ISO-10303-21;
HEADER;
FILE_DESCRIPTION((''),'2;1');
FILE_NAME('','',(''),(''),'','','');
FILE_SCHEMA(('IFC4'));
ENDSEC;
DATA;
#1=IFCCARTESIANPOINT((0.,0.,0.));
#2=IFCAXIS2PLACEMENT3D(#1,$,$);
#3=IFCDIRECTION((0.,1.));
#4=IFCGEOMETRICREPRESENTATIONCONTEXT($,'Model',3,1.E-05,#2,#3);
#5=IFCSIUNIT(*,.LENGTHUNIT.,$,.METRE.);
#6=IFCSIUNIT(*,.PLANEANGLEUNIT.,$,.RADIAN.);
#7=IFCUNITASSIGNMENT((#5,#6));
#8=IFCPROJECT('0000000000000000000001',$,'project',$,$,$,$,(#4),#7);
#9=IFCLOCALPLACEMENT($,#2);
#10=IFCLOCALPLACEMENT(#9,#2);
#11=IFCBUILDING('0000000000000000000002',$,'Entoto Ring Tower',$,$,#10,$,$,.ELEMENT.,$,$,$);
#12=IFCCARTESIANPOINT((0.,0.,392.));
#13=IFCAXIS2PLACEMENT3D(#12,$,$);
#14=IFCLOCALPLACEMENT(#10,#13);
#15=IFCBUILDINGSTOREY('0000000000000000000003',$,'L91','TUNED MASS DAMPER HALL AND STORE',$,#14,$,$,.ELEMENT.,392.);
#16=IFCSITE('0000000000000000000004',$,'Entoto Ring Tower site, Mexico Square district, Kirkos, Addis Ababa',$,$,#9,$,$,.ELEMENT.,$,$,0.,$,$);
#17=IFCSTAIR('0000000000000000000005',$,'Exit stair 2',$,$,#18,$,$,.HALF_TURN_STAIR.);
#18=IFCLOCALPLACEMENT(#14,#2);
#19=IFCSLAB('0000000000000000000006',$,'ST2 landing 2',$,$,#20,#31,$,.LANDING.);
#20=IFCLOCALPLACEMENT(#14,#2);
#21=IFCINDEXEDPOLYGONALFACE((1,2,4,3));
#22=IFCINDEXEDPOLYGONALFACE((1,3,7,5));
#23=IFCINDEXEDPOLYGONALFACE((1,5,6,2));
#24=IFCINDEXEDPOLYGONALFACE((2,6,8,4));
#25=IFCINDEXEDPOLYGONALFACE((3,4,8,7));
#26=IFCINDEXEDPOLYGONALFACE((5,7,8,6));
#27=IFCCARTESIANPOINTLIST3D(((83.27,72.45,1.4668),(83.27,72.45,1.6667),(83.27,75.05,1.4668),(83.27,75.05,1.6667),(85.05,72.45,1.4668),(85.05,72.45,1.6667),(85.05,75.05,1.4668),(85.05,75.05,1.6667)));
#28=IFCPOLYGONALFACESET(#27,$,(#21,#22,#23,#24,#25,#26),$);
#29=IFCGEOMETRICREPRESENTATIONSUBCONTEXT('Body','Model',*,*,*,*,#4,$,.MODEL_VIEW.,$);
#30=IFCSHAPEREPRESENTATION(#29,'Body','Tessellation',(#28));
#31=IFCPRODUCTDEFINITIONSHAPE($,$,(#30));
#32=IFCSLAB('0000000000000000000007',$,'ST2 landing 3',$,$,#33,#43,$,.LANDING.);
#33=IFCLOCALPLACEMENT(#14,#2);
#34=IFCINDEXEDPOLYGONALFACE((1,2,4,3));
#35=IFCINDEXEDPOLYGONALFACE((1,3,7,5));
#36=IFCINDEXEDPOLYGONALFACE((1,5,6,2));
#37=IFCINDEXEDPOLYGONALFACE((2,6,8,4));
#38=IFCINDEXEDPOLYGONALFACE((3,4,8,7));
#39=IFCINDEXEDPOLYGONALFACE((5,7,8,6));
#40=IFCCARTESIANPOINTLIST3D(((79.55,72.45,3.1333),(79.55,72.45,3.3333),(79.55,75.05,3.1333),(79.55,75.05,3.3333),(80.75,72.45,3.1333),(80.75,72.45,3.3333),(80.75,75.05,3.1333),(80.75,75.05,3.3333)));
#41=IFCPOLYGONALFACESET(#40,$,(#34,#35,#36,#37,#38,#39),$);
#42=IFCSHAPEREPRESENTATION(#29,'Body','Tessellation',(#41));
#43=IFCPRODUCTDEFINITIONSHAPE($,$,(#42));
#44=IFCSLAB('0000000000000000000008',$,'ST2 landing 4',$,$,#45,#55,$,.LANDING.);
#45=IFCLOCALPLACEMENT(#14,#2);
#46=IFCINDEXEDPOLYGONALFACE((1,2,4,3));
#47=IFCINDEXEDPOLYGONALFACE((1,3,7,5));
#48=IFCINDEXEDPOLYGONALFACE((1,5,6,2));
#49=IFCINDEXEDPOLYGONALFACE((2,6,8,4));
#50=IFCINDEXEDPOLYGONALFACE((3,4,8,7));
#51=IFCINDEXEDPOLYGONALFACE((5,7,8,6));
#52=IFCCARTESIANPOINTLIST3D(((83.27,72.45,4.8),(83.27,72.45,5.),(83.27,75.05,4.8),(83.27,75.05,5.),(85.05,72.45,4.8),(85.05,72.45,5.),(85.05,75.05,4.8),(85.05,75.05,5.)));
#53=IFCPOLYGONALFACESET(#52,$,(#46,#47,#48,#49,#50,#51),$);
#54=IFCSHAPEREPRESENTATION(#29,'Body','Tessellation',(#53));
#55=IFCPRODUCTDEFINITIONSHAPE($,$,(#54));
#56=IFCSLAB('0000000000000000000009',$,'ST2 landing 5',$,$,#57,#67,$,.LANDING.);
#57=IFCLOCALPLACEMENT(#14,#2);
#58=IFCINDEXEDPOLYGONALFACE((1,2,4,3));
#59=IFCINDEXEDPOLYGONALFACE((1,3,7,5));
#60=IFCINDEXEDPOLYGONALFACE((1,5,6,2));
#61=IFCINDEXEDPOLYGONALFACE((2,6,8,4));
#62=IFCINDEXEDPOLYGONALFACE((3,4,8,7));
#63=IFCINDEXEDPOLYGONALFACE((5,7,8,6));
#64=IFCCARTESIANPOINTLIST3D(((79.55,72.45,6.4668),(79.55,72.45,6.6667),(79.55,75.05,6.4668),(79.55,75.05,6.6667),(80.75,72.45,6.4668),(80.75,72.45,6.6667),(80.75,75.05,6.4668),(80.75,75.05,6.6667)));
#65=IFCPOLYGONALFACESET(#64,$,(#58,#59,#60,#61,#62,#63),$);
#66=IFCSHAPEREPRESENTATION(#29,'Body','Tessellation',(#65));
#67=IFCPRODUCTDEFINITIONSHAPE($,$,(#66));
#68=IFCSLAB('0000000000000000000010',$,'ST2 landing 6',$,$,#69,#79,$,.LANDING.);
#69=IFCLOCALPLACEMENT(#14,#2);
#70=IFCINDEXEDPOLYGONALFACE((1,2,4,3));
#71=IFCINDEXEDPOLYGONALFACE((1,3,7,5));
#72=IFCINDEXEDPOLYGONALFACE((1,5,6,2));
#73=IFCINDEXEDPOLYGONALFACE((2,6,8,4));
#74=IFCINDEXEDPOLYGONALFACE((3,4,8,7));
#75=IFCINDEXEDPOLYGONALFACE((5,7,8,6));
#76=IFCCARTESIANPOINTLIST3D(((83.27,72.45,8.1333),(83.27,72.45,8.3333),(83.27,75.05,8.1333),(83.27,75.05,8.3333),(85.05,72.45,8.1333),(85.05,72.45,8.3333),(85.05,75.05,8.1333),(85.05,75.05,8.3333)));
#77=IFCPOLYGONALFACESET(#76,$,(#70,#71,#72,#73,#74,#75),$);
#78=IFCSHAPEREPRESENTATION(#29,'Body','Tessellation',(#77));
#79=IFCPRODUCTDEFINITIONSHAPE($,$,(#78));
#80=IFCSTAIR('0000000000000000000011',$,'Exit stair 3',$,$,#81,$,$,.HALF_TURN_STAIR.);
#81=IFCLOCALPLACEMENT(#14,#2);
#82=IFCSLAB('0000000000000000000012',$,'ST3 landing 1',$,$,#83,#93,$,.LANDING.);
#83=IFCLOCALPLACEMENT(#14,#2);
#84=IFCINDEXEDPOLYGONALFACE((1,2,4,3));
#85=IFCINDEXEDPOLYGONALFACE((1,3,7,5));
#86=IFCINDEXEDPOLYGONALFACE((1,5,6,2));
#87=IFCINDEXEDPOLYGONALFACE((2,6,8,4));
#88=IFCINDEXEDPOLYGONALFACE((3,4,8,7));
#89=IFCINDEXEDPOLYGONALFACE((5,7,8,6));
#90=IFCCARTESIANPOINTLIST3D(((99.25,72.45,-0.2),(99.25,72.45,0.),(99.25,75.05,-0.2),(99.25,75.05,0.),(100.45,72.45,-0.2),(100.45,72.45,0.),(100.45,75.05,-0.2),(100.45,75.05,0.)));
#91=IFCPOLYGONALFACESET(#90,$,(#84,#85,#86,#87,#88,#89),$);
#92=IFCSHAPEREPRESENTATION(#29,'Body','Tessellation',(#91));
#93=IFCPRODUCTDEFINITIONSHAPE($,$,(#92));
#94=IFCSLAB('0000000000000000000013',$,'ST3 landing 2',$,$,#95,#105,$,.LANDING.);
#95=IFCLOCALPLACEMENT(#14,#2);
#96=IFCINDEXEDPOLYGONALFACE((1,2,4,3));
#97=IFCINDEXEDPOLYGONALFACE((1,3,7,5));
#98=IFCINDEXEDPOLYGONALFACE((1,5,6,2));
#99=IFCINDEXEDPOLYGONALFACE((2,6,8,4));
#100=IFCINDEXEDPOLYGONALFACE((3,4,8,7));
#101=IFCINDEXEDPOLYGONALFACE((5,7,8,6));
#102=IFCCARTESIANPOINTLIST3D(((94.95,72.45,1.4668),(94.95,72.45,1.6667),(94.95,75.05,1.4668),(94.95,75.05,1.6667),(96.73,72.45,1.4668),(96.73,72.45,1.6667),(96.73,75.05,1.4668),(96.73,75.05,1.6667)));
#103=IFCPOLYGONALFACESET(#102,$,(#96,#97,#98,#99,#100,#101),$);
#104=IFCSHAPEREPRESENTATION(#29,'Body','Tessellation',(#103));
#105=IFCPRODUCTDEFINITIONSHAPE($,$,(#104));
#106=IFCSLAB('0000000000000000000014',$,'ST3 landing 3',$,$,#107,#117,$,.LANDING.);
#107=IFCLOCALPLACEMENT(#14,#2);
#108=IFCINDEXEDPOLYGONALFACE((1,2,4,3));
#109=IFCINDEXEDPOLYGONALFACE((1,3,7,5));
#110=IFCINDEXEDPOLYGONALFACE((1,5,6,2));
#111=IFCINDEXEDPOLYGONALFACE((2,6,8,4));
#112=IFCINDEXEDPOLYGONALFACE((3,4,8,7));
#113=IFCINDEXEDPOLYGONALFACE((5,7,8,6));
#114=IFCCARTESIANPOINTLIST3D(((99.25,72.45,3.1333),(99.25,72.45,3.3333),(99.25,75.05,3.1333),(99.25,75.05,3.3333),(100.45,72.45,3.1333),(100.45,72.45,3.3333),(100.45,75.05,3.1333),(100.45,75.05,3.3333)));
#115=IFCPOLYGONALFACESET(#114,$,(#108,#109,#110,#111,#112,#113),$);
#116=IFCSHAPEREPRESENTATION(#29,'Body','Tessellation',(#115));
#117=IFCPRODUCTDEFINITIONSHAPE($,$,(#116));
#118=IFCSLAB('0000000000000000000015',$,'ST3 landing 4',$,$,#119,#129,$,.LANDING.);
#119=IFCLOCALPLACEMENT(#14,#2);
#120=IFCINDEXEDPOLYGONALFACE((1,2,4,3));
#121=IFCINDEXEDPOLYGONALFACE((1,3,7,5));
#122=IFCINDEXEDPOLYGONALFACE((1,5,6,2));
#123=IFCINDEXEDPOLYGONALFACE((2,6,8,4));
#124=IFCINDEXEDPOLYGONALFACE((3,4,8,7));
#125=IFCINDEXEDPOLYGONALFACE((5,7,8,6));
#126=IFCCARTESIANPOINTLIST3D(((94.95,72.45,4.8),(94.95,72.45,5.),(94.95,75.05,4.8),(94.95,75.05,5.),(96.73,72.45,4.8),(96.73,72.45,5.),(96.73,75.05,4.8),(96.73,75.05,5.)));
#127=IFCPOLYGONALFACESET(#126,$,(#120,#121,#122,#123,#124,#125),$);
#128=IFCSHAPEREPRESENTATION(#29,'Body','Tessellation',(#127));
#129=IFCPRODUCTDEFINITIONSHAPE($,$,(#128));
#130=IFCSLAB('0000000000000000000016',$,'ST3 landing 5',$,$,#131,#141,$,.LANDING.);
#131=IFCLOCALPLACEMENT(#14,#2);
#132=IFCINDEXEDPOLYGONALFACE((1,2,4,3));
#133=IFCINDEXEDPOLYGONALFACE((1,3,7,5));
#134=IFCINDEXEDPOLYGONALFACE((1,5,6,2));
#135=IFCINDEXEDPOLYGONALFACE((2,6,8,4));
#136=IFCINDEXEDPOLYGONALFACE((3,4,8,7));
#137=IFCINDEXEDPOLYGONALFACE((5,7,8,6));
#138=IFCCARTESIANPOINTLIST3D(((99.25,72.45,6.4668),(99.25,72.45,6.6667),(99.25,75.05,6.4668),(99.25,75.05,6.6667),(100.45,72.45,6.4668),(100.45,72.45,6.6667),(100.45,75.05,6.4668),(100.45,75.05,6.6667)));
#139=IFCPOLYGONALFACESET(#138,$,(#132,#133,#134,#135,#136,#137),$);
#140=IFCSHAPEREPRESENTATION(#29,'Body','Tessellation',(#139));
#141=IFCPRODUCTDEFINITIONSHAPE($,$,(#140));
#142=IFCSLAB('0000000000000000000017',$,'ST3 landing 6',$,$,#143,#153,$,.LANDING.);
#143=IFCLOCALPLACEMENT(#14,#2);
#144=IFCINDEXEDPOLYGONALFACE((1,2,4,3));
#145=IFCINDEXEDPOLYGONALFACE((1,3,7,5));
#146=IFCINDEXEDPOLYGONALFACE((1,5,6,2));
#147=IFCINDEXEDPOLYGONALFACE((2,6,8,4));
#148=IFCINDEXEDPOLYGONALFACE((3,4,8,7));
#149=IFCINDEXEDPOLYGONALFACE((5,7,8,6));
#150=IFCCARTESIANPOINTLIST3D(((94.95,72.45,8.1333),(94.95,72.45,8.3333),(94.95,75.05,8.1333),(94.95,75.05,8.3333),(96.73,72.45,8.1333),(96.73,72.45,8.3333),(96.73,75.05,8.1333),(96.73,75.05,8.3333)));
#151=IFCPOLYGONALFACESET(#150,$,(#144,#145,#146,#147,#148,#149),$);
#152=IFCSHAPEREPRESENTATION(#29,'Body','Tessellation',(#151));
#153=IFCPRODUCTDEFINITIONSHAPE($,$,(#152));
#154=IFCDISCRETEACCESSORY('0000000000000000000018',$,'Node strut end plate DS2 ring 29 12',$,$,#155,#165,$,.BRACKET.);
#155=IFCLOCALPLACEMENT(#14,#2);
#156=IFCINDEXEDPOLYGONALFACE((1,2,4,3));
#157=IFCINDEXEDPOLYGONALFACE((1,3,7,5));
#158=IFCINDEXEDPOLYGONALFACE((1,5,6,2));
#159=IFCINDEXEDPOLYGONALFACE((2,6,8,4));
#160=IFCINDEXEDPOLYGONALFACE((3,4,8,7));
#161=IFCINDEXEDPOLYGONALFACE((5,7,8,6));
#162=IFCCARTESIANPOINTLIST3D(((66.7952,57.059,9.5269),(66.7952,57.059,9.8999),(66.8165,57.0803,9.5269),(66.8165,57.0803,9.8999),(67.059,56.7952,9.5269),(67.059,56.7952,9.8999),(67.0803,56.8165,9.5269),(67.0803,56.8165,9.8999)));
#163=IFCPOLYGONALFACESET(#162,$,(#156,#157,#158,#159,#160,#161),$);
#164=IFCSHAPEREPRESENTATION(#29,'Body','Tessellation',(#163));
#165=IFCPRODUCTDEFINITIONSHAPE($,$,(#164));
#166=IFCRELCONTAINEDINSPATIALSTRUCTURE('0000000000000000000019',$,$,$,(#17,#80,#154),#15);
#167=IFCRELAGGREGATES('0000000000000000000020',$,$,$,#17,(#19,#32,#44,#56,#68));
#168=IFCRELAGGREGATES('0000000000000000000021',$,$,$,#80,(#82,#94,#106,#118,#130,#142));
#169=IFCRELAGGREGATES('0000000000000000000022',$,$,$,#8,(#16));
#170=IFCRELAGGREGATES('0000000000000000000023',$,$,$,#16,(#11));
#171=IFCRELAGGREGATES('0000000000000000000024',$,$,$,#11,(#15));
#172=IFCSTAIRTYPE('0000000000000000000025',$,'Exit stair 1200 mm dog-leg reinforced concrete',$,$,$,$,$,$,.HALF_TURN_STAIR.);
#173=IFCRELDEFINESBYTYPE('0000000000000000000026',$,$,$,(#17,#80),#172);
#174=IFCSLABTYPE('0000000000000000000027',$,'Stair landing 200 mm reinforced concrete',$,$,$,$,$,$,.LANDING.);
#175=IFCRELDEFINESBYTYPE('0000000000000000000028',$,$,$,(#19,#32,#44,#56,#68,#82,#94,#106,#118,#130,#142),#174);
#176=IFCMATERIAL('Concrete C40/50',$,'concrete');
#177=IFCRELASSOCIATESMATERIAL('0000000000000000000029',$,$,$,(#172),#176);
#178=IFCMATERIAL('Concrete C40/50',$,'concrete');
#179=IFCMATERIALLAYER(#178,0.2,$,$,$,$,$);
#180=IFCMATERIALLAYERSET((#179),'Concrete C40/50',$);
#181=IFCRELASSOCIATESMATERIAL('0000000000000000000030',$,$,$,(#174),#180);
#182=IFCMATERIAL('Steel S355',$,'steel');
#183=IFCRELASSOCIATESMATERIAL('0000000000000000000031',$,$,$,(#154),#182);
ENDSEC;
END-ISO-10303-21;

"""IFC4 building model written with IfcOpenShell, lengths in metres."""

from ifc_helpers import new_model, si_unit, direction, frame, origin, origin_2d, place, context, subcontext, project, spatial, polyline, rectangle, outline, extrude, material, layer, layer_set, type_object, element, aggregate, save


model = new_model("IFC4")

# Units and contexts
model_context = context("Model", 3, precision=1e-05, world=origin(), true_north=direction((0.0, 1.0)))
body_context = subcontext(model_context, "Body", "Model", "MODEL_VIEW")
ifc_project = project(units=[si_unit("LENGTHUNIT", "METRE"), si_unit("PLANEANGLEUNIT", "RADIAN")], contexts=[model_context])

# Site, building, storey
site_placement = place(None, origin())
site = spatial("IfcSite", under=ifc_project, at=site_placement, Name="Entoto Ring Tower site, Mexico Square district, Kirkos, Addis Ababa", CompositionType="ELEMENT", RefElevation=0.0)
building_placement = place(site_placement, origin())
building = spatial("IfcBuilding", under=site, at=building_placement, Name="Entoto Ring Tower", CompositionType="ELEMENT")
storey_placement = place(building_placement, frame((0.0, 0.0, 392.0)))
storey = spatial("IfcBuildingStorey", under=building, at=storey_placement, Name="L91", Description="TUNED MASS DAMPER HALL AND STORE", CompositionType="ELEMENT", Elevation=392.0)

# Stairs, slabs
ifc_material_1 = material(Name="Concrete C40/50", Category="concrete")
stair_type = type_object("IfcStairType", Name="Exit stair 1200 mm dog-leg reinforced concrete", PredefinedType="HALF_TURN_STAIR", material=ifc_material_1)
stair_1_placement = place(storey_placement, origin())
stair_1 = element("IfcStair", 1, at=stair_1_placement, inside=storey, type_object=stair_type, Name="Exit stair 2", PredefinedType="HALF_TURN_STAIR")
ifc_material_2 = material(Name="Concrete C40/50", Category="concrete")
ifc_layer_1 = layer(ifc_material_2, 0.2)
ifc_layer_set_1 = layer_set([ifc_layer_1], Name="Concrete C40/50")
slab_type_1 = type_object("IfcSlabType", Name="Stair landing 200 mm reinforced concrete", PredefinedType="LANDING", material=ifc_layer_set_1)
slab_1_placement = place(storey_placement, frame((0.0, 0.0, 1.4668)))
slab_1 = element("IfcSlab", 2, at=slab_1_placement, type_object=slab_type_1, Name="ST2 landing 2", PredefinedType="LANDING", context=body_context, shape_type="SweptSolid", body=[
    extrude(outline(polyline([(83.27, 72.45), (85.05, 72.45), (85.05, 75.05), (83.27, 75.05), (83.27, 72.45)])), origin(), (0.0, 0.0, 1.0), 0.2),
])
slab_2_placement = place(storey_placement, frame((0.0, 0.0, 3.1333)))
slab_2 = element("IfcSlab", 3, at=slab_2_placement, type_object=slab_type_1, Name="ST2 landing 3", PredefinedType="LANDING", context=body_context, shape_type="SweptSolid", body=[
    extrude(outline(polyline([(79.55, 72.45), (80.75, 72.45), (80.75, 75.05), (79.55, 75.05), (79.55, 72.45)])), origin(), (0.0, 0.0, 1.0), 0.2),
])
slab_3_placement = place(storey_placement, frame((0.0, 0.0, 4.8)))
slab_3 = element("IfcSlab", 4, at=slab_3_placement, type_object=slab_type_1, Name="ST2 landing 4", PredefinedType="LANDING", context=body_context, shape_type="SweptSolid", body=[
    extrude(outline(polyline([(83.27, 72.45), (85.05, 72.45), (85.05, 75.05), (83.27, 75.05), (83.27, 72.45)])), origin(), (0.0, 0.0, 1.0), 0.2),
])
slab_4_placement = place(storey_placement, frame((0.0, 0.0, 6.4668)))
slab_4 = element("IfcSlab", 5, at=slab_4_placement, type_object=slab_type_1, Name="ST2 landing 5", PredefinedType="LANDING", context=body_context, shape_type="SweptSolid", body=[
    extrude(outline(polyline([(79.55, 72.45), (80.75, 72.45), (80.75, 75.05), (79.55, 75.05), (79.55, 72.45)])), origin(), (0.0, 0.0, 1.0), 0.2),
])
slab_5_placement = place(storey_placement, frame((0.0, 0.0, 8.1333)))
slab_5 = element("IfcSlab", 6, at=slab_5_placement, type_object=slab_type_1, Name="ST2 landing 6", PredefinedType="LANDING", context=body_context, shape_type="SweptSolid", body=[
    extrude(outline(polyline([(83.27, 72.45), (85.05, 72.45), (85.05, 75.05), (83.27, 75.05), (83.27, 72.45)])), origin(), (0.0, 0.0, 1.0), 0.2),
])
aggregate(stair_1, [slab_1, slab_2, slab_3, slab_4, slab_5])
stair_2_placement = place(storey_placement, origin())
stair_2 = element("IfcStair", 7, at=stair_2_placement, inside=storey, type_object=stair_type, Name="Exit stair 3", PredefinedType="HALF_TURN_STAIR")
slab_6_placement = place(storey_placement, frame((0.0, 0.0, -0.2)))
slab_6 = element("IfcSlab", 8, at=slab_6_placement, type_object=slab_type_1, Name="ST3 landing 1", PredefinedType="LANDING", context=body_context, shape_type="SweptSolid", body=[
    extrude(outline(polyline([(100.45, 72.45), (100.45, 75.05), (99.25, 75.05), (99.25, 72.45), (100.45, 72.45)])), origin(), (0.0, 0.0, 1.0), 0.2),
])
slab_7_placement = place(storey_placement, frame((0.0, 0.0, 1.4668)))
slab_7 = element("IfcSlab", 9, at=slab_7_placement, type_object=slab_type_1, Name="ST3 landing 2", PredefinedType="LANDING", context=body_context, shape_type="SweptSolid", body=[
    extrude(outline(polyline([(94.95, 72.45), (96.73, 72.45), (96.73, 75.05), (94.95, 75.05), (94.95, 72.45)])), origin(), (0.0, 0.0, 1.0), 0.2),
])
slab_8_placement = place(storey_placement, frame((0.0, 0.0, 3.1333)))
slab_8 = element("IfcSlab", 10, at=slab_8_placement, type_object=slab_type_1, Name="ST3 landing 3", PredefinedType="LANDING", context=body_context, shape_type="SweptSolid", body=[
    extrude(outline(polyline([(99.25, 72.45), (100.45, 72.45), (100.45, 75.05), (99.25, 75.05), (99.25, 72.45)])), origin(), (0.0, 0.0, 1.0), 0.2),
])
slab_9_placement = place(storey_placement, frame((0.0, 0.0, 4.8)))
slab_9 = element("IfcSlab", 11, at=slab_9_placement, type_object=slab_type_1, Name="ST3 landing 4", PredefinedType="LANDING", context=body_context, shape_type="SweptSolid", body=[
    extrude(outline(polyline([(94.95, 72.45), (96.73, 72.45), (96.73, 75.05), (94.95, 75.05), (94.95, 72.45)])), origin(), (0.0, 0.0, 1.0), 0.2),
])
slab_10_placement = place(storey_placement, frame((0.0, 0.0, 6.4668)))
slab_10 = element("IfcSlab", 12, at=slab_10_placement, type_object=slab_type_1, Name="ST3 landing 5", PredefinedType="LANDING", context=body_context, shape_type="SweptSolid", body=[
    extrude(outline(polyline([(99.25, 72.45), (100.45, 72.45), (100.45, 75.05), (99.25, 75.05), (99.25, 72.45)])), origin(), (0.0, 0.0, 1.0), 0.2),
])
slab_11_placement = place(storey_placement, frame((0.0, 0.0, 8.1333)))
slab_11 = element("IfcSlab", 13, at=slab_11_placement, type_object=slab_type_1, Name="ST3 landing 6", PredefinedType="LANDING", context=body_context, shape_type="SweptSolid", body=[
    extrude(outline(polyline([(94.95, 72.45), (96.73, 72.45), (96.73, 75.05), (94.95, 75.05), (94.95, 72.45)])), origin(), (0.0, 0.0, 1.0), 0.2),
])
aggregate(stair_2, [slab_6, slab_7, slab_8, slab_9, slab_10, slab_11])

# Discrete accessory
ifc_material_3 = material(Name="Steel S355", Category="steel")
discrete_accessory_placement = place(storey_placement, frame((66.9377, 56.9377, 9.5269), z_axis=(0.0, 0.0, 1.0), x_axis=(-0.707107, -0.707107, 0.0)))
element("IfcDiscreteAccessory", 14, at=discrete_accessory_placement, inside=storey, material=ifc_material_3, Name="Node strut end plate DS2 ring 29 12", PredefinedType="BRACKET", context=body_context, shape_type="SweptSolid", body=[
    extrude(rectangle(XDim=0.03, YDim=0.373, at=origin_2d()), origin(), (0.0, 0.0, 1.0), 0.373),
])

save(model, "model.ifc")
